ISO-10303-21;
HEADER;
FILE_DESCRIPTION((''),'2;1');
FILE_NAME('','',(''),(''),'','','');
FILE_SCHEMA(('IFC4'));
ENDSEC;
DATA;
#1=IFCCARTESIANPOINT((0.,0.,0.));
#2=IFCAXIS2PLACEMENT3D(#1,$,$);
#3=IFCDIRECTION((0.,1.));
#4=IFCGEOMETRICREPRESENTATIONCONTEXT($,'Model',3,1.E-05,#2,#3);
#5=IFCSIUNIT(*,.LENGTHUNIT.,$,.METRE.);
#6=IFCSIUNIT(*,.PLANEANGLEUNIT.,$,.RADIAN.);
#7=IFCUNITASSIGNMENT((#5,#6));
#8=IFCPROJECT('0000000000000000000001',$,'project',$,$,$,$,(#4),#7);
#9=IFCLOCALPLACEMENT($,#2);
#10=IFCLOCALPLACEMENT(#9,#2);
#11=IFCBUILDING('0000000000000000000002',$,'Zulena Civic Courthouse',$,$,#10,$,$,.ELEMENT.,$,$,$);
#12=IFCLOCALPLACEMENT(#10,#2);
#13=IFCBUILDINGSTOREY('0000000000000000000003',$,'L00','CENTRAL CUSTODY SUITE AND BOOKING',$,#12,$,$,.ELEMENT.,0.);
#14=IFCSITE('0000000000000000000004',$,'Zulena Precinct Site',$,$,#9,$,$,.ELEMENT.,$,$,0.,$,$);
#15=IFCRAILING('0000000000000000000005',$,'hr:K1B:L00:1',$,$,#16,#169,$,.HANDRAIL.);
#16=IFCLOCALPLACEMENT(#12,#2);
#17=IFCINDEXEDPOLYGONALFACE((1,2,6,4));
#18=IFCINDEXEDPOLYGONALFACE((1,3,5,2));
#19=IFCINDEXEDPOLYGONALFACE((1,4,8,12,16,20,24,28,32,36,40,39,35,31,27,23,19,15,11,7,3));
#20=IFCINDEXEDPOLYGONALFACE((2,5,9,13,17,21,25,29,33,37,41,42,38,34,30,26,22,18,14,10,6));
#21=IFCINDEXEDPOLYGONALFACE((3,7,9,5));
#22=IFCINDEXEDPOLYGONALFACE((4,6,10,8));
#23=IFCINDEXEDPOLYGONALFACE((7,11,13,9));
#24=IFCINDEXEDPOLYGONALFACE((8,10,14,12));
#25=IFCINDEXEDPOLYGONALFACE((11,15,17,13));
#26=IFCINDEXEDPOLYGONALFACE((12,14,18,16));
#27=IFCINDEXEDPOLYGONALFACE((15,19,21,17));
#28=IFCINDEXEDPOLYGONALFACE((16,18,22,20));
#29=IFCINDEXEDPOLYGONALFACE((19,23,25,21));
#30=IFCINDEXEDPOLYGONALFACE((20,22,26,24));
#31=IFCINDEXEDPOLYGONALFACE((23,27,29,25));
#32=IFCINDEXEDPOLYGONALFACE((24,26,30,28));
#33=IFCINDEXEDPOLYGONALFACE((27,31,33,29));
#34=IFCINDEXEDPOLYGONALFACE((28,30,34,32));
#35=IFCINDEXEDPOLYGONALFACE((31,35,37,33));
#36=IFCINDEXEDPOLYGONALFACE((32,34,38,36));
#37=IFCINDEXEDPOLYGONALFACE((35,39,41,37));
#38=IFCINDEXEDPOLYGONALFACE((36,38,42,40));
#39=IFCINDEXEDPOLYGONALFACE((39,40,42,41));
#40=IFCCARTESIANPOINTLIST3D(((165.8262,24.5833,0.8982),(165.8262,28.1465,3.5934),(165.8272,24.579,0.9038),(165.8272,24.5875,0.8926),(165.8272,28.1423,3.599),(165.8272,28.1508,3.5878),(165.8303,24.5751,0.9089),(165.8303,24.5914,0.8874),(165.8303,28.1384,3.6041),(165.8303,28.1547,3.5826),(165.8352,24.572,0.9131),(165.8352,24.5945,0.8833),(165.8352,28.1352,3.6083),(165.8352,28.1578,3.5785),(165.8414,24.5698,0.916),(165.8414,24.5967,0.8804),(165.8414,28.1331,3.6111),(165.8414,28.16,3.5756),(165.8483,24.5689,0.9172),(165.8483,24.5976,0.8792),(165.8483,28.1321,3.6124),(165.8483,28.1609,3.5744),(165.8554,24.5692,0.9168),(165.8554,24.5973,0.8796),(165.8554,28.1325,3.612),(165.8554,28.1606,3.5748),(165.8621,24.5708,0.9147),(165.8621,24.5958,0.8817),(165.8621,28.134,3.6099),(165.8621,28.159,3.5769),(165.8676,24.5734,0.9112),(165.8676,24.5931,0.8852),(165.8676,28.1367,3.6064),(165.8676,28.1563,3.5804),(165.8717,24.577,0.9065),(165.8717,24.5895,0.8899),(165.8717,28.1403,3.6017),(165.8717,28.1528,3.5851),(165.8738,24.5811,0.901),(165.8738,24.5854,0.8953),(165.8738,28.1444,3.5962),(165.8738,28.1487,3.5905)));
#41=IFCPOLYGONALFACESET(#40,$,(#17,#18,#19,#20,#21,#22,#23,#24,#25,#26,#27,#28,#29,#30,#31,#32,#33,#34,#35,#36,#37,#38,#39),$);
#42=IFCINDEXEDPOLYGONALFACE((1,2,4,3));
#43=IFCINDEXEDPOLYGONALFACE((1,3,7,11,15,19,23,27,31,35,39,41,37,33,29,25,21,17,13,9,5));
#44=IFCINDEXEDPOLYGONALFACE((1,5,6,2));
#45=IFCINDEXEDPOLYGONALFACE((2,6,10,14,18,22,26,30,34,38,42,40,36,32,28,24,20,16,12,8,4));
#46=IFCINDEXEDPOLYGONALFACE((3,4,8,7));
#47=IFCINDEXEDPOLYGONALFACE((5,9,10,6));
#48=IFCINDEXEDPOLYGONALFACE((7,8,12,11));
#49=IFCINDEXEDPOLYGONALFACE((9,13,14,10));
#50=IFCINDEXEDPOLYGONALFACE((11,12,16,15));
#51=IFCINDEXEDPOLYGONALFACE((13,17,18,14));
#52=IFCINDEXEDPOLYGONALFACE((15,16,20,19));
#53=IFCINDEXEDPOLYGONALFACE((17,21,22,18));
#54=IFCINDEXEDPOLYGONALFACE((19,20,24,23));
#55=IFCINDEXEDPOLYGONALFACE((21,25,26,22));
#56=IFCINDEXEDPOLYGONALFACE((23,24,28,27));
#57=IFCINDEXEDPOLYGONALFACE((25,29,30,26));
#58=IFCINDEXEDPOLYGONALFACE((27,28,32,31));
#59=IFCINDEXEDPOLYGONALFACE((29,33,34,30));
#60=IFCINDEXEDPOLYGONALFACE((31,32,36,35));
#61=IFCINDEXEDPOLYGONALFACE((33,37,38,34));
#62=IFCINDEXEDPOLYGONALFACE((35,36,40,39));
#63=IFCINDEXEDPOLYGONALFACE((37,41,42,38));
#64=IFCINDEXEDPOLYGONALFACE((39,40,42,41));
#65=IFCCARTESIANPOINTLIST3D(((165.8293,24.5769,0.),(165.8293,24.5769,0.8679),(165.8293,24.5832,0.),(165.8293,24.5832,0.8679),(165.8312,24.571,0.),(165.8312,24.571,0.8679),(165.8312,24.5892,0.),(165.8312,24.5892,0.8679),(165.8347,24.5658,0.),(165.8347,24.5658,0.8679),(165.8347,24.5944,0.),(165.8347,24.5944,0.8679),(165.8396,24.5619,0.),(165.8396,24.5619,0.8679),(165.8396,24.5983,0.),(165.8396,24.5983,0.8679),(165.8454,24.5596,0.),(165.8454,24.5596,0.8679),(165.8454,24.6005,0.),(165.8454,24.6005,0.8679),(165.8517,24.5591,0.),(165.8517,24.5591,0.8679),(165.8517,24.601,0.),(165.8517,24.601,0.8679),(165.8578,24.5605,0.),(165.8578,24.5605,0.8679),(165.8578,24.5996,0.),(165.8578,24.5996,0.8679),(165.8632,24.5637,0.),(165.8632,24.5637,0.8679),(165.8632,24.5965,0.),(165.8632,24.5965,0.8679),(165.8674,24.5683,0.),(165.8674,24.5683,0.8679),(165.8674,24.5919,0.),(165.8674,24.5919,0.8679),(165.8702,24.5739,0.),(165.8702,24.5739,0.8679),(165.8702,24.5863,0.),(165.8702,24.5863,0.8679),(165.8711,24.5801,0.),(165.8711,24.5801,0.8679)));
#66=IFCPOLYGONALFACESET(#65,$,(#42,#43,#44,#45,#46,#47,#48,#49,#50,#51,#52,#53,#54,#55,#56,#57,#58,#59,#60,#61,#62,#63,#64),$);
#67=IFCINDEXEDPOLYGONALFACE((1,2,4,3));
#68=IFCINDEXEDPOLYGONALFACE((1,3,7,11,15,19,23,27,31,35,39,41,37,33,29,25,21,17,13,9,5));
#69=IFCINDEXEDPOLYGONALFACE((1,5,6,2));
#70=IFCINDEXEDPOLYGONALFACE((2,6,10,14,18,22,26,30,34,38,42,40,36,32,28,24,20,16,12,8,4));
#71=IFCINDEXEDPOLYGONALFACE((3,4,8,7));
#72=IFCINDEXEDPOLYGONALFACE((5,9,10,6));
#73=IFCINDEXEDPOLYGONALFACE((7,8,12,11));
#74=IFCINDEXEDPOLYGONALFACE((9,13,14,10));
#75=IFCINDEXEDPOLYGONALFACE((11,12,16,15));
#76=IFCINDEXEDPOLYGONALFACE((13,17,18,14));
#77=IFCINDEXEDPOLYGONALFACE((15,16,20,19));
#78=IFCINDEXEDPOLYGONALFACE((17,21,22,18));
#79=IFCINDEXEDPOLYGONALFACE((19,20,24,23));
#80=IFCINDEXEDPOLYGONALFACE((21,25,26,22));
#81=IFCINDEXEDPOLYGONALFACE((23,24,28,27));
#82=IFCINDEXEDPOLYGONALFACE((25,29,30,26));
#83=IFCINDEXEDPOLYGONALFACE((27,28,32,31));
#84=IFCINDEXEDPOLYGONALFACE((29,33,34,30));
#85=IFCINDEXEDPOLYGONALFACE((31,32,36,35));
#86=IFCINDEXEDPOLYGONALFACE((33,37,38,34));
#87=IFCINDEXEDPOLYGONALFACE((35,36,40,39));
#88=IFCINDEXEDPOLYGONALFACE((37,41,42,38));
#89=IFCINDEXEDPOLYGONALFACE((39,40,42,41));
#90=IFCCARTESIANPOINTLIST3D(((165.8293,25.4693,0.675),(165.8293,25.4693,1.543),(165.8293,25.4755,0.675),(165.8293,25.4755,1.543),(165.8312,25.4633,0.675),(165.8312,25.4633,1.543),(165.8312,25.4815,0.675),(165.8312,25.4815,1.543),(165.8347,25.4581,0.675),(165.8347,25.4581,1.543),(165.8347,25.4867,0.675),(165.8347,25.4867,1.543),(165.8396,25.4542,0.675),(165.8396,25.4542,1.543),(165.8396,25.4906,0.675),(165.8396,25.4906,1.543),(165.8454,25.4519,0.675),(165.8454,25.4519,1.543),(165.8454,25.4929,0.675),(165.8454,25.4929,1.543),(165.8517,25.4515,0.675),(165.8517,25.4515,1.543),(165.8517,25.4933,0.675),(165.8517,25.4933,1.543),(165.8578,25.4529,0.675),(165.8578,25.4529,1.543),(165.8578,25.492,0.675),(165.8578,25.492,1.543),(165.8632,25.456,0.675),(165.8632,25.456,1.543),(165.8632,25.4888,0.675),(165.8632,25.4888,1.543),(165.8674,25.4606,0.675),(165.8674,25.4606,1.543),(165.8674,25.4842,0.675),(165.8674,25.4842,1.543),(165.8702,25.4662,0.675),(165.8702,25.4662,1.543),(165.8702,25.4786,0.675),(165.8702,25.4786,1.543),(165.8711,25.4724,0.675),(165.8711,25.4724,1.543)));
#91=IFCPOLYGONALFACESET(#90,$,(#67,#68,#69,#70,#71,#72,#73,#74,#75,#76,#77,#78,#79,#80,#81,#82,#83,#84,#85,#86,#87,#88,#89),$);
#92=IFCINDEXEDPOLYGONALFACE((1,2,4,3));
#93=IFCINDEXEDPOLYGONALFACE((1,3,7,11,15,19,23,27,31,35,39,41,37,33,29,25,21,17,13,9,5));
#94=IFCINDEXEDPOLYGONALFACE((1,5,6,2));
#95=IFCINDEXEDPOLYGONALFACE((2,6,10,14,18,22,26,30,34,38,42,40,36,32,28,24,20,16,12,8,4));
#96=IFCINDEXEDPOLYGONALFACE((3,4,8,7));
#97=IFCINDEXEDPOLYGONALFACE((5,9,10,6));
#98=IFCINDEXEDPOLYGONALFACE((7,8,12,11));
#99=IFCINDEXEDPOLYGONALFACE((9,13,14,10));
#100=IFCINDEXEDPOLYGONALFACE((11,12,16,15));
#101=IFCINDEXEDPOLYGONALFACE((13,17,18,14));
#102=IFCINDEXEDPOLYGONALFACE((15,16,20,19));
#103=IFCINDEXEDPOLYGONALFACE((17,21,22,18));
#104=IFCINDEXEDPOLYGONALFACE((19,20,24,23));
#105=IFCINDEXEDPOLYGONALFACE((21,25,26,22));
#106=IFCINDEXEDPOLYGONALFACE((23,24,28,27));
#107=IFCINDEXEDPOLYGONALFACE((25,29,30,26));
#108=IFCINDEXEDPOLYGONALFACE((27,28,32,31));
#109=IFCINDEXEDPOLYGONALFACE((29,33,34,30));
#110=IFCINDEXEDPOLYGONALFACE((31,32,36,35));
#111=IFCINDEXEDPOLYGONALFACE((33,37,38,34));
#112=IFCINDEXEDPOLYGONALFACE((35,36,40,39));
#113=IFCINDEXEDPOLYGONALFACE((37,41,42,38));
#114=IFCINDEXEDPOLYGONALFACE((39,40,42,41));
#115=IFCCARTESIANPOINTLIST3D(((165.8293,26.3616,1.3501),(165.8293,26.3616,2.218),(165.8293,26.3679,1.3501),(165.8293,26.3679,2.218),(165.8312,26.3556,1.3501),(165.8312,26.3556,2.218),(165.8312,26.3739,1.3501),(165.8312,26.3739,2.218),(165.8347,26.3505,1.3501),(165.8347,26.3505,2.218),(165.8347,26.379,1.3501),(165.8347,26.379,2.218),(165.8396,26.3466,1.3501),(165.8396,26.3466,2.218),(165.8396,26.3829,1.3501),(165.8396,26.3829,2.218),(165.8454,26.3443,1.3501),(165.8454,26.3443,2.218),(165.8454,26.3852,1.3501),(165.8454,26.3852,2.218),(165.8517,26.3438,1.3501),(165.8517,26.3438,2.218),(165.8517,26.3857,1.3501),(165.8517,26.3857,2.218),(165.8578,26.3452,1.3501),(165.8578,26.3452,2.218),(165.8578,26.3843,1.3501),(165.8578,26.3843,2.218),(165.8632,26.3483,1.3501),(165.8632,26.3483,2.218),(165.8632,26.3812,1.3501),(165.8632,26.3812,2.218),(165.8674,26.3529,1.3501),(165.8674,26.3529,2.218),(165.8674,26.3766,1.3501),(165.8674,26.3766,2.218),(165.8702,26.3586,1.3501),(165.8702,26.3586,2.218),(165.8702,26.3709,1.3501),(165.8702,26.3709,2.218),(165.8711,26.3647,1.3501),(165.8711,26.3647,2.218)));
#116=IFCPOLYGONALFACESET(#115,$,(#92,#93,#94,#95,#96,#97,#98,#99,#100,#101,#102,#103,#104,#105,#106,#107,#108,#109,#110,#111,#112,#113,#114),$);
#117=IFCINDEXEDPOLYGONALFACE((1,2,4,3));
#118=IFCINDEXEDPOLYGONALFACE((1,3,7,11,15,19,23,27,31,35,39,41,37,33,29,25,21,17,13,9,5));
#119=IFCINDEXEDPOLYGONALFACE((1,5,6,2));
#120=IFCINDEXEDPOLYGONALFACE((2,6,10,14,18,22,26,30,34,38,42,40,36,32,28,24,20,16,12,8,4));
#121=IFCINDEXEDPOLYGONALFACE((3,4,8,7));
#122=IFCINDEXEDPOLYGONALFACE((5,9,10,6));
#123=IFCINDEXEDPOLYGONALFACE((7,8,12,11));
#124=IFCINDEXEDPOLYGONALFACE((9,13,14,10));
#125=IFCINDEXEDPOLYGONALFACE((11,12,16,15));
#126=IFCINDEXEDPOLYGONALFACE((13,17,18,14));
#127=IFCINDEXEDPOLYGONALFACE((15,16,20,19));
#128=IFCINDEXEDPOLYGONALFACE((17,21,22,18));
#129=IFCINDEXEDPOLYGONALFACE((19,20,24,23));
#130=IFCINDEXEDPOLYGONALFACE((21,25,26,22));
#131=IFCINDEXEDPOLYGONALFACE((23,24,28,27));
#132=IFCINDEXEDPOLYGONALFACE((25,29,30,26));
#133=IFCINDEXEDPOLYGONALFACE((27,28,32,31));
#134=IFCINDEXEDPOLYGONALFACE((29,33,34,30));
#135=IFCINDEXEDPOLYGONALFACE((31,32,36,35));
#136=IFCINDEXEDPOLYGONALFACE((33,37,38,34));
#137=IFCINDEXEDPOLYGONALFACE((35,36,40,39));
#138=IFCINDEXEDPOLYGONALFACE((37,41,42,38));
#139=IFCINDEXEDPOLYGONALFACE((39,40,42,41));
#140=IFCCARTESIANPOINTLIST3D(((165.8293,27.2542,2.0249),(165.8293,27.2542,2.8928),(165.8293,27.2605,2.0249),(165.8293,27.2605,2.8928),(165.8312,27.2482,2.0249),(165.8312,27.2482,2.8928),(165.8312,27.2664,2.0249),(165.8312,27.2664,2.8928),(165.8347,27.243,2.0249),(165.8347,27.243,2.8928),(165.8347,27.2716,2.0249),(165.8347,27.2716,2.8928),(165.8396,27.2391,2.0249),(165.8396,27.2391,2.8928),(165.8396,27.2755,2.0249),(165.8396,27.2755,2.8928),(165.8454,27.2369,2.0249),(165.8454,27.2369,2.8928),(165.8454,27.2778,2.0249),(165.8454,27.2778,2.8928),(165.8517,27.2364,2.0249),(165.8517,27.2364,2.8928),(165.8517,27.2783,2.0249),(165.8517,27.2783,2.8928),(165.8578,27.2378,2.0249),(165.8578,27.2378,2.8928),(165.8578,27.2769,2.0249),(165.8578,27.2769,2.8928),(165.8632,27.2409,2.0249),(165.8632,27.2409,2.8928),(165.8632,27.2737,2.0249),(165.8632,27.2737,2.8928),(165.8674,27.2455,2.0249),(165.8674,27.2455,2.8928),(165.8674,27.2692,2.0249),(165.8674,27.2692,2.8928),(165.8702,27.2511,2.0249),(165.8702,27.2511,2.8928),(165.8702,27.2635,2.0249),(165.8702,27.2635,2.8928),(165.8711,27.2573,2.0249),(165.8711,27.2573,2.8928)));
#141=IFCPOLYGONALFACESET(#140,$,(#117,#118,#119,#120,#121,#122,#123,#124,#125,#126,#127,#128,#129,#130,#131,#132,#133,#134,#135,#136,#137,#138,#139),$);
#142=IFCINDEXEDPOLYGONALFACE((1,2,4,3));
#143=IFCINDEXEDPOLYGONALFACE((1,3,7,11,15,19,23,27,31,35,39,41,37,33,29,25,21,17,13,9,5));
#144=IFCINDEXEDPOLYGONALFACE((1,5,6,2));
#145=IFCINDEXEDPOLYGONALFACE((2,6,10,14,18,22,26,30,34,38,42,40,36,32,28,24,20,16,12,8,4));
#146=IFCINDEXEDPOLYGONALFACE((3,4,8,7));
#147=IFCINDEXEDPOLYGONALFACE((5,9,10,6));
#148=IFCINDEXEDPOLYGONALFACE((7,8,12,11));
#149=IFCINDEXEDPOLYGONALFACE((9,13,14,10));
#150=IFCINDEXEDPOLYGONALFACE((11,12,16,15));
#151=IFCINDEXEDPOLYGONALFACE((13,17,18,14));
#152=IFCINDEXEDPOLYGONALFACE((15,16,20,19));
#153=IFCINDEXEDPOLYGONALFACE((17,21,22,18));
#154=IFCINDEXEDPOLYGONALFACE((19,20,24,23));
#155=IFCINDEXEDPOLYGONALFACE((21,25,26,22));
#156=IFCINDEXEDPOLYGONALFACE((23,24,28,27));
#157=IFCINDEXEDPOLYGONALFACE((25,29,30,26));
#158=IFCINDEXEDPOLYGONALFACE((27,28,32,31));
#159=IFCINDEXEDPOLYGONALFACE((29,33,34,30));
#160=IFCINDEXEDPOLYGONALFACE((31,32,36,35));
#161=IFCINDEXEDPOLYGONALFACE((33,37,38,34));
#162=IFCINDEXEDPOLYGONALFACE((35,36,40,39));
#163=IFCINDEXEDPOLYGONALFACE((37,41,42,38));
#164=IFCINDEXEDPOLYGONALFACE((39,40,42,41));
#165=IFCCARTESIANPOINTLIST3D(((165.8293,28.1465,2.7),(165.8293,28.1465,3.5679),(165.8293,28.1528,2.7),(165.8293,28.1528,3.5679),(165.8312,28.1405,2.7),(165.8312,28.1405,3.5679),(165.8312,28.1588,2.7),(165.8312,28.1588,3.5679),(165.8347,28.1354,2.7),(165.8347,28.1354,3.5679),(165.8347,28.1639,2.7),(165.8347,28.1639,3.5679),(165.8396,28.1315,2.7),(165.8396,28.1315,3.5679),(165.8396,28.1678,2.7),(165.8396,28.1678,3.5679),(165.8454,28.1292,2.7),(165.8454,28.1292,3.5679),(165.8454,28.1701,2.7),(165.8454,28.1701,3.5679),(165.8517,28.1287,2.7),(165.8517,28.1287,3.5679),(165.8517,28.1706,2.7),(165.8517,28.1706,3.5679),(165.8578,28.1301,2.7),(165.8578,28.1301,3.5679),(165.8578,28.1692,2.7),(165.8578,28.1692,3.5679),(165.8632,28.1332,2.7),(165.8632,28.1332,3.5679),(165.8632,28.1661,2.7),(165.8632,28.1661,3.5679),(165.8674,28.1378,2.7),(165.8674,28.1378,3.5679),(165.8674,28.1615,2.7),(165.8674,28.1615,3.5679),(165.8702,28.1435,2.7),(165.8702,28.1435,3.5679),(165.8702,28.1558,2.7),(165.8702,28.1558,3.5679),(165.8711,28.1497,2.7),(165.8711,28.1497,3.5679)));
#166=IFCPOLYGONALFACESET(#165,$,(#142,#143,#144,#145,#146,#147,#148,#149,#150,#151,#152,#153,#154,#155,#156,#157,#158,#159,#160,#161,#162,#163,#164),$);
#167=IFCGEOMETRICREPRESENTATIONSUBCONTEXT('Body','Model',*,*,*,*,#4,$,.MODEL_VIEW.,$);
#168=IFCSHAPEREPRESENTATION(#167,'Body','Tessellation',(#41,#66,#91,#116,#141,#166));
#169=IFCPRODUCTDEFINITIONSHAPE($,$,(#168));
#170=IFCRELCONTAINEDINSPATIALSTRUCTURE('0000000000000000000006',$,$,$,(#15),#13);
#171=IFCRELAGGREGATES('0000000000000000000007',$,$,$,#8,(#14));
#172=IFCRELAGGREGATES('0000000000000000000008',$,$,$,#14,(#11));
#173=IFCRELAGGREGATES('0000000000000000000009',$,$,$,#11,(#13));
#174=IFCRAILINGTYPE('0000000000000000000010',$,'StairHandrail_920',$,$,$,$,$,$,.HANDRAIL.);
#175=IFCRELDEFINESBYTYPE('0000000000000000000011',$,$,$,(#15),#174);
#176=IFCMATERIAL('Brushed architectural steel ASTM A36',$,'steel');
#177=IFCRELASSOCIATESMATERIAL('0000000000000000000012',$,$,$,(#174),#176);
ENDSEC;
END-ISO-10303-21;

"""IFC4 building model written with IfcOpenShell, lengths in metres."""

from ifc_helpers import new_model, si_unit, direction, frame, origin, origin_2d, place, context, subcontext, project, spatial, circle, extrude, material, type_object, element, save


model = new_model("IFC4")

# Units and contexts
model_context = context("Model", 3, precision=1e-05, world=origin(), true_north=direction((0.0, 1.0)))
body_context = subcontext(model_context, "Body", "Model", "MODEL_VIEW")
ifc_project = project(units=[si_unit("LENGTHUNIT", "METRE"), si_unit("PLANEANGLEUNIT", "RADIAN")], contexts=[model_context])

# Site, building, storey
site_placement = place(None, origin())
site = spatial("IfcSite", under=ifc_project, at=site_placement, Name="Zulena Precinct Site", CompositionType="ELEMENT", RefElevation=0.0)
building_placement = place(site_placement, origin())
building = spatial("IfcBuilding", under=site, at=building_placement, Name="Zulena Civic Courthouse", CompositionType="ELEMENT")
storey_placement = place(building_placement, origin())
storey = spatial("IfcBuildingStorey", under=building, at=storey_placement, Name="L00", Description="CENTRAL CUSTODY SUITE AND BOOKING", CompositionType="ELEMENT", Elevation=0.0)

# Railing
ifc_material_1 = material(Name="Brushed architectural steel ASTM A36", Category="steel")
railing_type_1 = type_object("IfcRailingType", Name="StairHandrail_920", PredefinedType="HANDRAIL", material=ifc_material_1)
railing_1_placement = place(storey_placement, frame((165.8501, 24.5801, 0.0)))
element("IfcRailing", 1, at=railing_1_placement, inside=storey, type_object=railing_type_1, Name="hr:K1B:L00:1", PredefinedType="HANDRAIL", context=body_context, shape_type="SweptSolid", body=[
    extrude(circle(Radius=0.0239, at=origin_2d()), frame((0.0, 0.0032, 0.8982), z_axis=(0.0, 0.797552, 0.60325), x_axis=(-1.0, 0.0, 0.0)), (0.0, 0.0, 1.0), 4.4678),
    extrude(circle(Radius=0.021, at=origin_2d()), origin(), (0.0, 0.0, 1.0), 0.8679),
    extrude(circle(Radius=0.021, at=origin_2d()), frame((0.0, 0.8923, 0.675)), (0.0, 0.0, 1.0), 0.8679),
    extrude(circle(Radius=0.021, at=origin_2d()), frame((0.0, 1.7847, 1.3501)), (0.0, 0.0, 1.0), 0.8679),
    extrude(circle(Radius=0.021, at=origin_2d()), frame((0.0, 2.6772, 2.0249)), (0.0, 0.0, 1.0), 0.8679),
    extrude(circle(Radius=0.021, at=origin_2d()), frame((0.0, 3.5696, 2.7)), (0.0, 0.0, 1.0), 0.8679),
])

save(model, "model.ifc")
